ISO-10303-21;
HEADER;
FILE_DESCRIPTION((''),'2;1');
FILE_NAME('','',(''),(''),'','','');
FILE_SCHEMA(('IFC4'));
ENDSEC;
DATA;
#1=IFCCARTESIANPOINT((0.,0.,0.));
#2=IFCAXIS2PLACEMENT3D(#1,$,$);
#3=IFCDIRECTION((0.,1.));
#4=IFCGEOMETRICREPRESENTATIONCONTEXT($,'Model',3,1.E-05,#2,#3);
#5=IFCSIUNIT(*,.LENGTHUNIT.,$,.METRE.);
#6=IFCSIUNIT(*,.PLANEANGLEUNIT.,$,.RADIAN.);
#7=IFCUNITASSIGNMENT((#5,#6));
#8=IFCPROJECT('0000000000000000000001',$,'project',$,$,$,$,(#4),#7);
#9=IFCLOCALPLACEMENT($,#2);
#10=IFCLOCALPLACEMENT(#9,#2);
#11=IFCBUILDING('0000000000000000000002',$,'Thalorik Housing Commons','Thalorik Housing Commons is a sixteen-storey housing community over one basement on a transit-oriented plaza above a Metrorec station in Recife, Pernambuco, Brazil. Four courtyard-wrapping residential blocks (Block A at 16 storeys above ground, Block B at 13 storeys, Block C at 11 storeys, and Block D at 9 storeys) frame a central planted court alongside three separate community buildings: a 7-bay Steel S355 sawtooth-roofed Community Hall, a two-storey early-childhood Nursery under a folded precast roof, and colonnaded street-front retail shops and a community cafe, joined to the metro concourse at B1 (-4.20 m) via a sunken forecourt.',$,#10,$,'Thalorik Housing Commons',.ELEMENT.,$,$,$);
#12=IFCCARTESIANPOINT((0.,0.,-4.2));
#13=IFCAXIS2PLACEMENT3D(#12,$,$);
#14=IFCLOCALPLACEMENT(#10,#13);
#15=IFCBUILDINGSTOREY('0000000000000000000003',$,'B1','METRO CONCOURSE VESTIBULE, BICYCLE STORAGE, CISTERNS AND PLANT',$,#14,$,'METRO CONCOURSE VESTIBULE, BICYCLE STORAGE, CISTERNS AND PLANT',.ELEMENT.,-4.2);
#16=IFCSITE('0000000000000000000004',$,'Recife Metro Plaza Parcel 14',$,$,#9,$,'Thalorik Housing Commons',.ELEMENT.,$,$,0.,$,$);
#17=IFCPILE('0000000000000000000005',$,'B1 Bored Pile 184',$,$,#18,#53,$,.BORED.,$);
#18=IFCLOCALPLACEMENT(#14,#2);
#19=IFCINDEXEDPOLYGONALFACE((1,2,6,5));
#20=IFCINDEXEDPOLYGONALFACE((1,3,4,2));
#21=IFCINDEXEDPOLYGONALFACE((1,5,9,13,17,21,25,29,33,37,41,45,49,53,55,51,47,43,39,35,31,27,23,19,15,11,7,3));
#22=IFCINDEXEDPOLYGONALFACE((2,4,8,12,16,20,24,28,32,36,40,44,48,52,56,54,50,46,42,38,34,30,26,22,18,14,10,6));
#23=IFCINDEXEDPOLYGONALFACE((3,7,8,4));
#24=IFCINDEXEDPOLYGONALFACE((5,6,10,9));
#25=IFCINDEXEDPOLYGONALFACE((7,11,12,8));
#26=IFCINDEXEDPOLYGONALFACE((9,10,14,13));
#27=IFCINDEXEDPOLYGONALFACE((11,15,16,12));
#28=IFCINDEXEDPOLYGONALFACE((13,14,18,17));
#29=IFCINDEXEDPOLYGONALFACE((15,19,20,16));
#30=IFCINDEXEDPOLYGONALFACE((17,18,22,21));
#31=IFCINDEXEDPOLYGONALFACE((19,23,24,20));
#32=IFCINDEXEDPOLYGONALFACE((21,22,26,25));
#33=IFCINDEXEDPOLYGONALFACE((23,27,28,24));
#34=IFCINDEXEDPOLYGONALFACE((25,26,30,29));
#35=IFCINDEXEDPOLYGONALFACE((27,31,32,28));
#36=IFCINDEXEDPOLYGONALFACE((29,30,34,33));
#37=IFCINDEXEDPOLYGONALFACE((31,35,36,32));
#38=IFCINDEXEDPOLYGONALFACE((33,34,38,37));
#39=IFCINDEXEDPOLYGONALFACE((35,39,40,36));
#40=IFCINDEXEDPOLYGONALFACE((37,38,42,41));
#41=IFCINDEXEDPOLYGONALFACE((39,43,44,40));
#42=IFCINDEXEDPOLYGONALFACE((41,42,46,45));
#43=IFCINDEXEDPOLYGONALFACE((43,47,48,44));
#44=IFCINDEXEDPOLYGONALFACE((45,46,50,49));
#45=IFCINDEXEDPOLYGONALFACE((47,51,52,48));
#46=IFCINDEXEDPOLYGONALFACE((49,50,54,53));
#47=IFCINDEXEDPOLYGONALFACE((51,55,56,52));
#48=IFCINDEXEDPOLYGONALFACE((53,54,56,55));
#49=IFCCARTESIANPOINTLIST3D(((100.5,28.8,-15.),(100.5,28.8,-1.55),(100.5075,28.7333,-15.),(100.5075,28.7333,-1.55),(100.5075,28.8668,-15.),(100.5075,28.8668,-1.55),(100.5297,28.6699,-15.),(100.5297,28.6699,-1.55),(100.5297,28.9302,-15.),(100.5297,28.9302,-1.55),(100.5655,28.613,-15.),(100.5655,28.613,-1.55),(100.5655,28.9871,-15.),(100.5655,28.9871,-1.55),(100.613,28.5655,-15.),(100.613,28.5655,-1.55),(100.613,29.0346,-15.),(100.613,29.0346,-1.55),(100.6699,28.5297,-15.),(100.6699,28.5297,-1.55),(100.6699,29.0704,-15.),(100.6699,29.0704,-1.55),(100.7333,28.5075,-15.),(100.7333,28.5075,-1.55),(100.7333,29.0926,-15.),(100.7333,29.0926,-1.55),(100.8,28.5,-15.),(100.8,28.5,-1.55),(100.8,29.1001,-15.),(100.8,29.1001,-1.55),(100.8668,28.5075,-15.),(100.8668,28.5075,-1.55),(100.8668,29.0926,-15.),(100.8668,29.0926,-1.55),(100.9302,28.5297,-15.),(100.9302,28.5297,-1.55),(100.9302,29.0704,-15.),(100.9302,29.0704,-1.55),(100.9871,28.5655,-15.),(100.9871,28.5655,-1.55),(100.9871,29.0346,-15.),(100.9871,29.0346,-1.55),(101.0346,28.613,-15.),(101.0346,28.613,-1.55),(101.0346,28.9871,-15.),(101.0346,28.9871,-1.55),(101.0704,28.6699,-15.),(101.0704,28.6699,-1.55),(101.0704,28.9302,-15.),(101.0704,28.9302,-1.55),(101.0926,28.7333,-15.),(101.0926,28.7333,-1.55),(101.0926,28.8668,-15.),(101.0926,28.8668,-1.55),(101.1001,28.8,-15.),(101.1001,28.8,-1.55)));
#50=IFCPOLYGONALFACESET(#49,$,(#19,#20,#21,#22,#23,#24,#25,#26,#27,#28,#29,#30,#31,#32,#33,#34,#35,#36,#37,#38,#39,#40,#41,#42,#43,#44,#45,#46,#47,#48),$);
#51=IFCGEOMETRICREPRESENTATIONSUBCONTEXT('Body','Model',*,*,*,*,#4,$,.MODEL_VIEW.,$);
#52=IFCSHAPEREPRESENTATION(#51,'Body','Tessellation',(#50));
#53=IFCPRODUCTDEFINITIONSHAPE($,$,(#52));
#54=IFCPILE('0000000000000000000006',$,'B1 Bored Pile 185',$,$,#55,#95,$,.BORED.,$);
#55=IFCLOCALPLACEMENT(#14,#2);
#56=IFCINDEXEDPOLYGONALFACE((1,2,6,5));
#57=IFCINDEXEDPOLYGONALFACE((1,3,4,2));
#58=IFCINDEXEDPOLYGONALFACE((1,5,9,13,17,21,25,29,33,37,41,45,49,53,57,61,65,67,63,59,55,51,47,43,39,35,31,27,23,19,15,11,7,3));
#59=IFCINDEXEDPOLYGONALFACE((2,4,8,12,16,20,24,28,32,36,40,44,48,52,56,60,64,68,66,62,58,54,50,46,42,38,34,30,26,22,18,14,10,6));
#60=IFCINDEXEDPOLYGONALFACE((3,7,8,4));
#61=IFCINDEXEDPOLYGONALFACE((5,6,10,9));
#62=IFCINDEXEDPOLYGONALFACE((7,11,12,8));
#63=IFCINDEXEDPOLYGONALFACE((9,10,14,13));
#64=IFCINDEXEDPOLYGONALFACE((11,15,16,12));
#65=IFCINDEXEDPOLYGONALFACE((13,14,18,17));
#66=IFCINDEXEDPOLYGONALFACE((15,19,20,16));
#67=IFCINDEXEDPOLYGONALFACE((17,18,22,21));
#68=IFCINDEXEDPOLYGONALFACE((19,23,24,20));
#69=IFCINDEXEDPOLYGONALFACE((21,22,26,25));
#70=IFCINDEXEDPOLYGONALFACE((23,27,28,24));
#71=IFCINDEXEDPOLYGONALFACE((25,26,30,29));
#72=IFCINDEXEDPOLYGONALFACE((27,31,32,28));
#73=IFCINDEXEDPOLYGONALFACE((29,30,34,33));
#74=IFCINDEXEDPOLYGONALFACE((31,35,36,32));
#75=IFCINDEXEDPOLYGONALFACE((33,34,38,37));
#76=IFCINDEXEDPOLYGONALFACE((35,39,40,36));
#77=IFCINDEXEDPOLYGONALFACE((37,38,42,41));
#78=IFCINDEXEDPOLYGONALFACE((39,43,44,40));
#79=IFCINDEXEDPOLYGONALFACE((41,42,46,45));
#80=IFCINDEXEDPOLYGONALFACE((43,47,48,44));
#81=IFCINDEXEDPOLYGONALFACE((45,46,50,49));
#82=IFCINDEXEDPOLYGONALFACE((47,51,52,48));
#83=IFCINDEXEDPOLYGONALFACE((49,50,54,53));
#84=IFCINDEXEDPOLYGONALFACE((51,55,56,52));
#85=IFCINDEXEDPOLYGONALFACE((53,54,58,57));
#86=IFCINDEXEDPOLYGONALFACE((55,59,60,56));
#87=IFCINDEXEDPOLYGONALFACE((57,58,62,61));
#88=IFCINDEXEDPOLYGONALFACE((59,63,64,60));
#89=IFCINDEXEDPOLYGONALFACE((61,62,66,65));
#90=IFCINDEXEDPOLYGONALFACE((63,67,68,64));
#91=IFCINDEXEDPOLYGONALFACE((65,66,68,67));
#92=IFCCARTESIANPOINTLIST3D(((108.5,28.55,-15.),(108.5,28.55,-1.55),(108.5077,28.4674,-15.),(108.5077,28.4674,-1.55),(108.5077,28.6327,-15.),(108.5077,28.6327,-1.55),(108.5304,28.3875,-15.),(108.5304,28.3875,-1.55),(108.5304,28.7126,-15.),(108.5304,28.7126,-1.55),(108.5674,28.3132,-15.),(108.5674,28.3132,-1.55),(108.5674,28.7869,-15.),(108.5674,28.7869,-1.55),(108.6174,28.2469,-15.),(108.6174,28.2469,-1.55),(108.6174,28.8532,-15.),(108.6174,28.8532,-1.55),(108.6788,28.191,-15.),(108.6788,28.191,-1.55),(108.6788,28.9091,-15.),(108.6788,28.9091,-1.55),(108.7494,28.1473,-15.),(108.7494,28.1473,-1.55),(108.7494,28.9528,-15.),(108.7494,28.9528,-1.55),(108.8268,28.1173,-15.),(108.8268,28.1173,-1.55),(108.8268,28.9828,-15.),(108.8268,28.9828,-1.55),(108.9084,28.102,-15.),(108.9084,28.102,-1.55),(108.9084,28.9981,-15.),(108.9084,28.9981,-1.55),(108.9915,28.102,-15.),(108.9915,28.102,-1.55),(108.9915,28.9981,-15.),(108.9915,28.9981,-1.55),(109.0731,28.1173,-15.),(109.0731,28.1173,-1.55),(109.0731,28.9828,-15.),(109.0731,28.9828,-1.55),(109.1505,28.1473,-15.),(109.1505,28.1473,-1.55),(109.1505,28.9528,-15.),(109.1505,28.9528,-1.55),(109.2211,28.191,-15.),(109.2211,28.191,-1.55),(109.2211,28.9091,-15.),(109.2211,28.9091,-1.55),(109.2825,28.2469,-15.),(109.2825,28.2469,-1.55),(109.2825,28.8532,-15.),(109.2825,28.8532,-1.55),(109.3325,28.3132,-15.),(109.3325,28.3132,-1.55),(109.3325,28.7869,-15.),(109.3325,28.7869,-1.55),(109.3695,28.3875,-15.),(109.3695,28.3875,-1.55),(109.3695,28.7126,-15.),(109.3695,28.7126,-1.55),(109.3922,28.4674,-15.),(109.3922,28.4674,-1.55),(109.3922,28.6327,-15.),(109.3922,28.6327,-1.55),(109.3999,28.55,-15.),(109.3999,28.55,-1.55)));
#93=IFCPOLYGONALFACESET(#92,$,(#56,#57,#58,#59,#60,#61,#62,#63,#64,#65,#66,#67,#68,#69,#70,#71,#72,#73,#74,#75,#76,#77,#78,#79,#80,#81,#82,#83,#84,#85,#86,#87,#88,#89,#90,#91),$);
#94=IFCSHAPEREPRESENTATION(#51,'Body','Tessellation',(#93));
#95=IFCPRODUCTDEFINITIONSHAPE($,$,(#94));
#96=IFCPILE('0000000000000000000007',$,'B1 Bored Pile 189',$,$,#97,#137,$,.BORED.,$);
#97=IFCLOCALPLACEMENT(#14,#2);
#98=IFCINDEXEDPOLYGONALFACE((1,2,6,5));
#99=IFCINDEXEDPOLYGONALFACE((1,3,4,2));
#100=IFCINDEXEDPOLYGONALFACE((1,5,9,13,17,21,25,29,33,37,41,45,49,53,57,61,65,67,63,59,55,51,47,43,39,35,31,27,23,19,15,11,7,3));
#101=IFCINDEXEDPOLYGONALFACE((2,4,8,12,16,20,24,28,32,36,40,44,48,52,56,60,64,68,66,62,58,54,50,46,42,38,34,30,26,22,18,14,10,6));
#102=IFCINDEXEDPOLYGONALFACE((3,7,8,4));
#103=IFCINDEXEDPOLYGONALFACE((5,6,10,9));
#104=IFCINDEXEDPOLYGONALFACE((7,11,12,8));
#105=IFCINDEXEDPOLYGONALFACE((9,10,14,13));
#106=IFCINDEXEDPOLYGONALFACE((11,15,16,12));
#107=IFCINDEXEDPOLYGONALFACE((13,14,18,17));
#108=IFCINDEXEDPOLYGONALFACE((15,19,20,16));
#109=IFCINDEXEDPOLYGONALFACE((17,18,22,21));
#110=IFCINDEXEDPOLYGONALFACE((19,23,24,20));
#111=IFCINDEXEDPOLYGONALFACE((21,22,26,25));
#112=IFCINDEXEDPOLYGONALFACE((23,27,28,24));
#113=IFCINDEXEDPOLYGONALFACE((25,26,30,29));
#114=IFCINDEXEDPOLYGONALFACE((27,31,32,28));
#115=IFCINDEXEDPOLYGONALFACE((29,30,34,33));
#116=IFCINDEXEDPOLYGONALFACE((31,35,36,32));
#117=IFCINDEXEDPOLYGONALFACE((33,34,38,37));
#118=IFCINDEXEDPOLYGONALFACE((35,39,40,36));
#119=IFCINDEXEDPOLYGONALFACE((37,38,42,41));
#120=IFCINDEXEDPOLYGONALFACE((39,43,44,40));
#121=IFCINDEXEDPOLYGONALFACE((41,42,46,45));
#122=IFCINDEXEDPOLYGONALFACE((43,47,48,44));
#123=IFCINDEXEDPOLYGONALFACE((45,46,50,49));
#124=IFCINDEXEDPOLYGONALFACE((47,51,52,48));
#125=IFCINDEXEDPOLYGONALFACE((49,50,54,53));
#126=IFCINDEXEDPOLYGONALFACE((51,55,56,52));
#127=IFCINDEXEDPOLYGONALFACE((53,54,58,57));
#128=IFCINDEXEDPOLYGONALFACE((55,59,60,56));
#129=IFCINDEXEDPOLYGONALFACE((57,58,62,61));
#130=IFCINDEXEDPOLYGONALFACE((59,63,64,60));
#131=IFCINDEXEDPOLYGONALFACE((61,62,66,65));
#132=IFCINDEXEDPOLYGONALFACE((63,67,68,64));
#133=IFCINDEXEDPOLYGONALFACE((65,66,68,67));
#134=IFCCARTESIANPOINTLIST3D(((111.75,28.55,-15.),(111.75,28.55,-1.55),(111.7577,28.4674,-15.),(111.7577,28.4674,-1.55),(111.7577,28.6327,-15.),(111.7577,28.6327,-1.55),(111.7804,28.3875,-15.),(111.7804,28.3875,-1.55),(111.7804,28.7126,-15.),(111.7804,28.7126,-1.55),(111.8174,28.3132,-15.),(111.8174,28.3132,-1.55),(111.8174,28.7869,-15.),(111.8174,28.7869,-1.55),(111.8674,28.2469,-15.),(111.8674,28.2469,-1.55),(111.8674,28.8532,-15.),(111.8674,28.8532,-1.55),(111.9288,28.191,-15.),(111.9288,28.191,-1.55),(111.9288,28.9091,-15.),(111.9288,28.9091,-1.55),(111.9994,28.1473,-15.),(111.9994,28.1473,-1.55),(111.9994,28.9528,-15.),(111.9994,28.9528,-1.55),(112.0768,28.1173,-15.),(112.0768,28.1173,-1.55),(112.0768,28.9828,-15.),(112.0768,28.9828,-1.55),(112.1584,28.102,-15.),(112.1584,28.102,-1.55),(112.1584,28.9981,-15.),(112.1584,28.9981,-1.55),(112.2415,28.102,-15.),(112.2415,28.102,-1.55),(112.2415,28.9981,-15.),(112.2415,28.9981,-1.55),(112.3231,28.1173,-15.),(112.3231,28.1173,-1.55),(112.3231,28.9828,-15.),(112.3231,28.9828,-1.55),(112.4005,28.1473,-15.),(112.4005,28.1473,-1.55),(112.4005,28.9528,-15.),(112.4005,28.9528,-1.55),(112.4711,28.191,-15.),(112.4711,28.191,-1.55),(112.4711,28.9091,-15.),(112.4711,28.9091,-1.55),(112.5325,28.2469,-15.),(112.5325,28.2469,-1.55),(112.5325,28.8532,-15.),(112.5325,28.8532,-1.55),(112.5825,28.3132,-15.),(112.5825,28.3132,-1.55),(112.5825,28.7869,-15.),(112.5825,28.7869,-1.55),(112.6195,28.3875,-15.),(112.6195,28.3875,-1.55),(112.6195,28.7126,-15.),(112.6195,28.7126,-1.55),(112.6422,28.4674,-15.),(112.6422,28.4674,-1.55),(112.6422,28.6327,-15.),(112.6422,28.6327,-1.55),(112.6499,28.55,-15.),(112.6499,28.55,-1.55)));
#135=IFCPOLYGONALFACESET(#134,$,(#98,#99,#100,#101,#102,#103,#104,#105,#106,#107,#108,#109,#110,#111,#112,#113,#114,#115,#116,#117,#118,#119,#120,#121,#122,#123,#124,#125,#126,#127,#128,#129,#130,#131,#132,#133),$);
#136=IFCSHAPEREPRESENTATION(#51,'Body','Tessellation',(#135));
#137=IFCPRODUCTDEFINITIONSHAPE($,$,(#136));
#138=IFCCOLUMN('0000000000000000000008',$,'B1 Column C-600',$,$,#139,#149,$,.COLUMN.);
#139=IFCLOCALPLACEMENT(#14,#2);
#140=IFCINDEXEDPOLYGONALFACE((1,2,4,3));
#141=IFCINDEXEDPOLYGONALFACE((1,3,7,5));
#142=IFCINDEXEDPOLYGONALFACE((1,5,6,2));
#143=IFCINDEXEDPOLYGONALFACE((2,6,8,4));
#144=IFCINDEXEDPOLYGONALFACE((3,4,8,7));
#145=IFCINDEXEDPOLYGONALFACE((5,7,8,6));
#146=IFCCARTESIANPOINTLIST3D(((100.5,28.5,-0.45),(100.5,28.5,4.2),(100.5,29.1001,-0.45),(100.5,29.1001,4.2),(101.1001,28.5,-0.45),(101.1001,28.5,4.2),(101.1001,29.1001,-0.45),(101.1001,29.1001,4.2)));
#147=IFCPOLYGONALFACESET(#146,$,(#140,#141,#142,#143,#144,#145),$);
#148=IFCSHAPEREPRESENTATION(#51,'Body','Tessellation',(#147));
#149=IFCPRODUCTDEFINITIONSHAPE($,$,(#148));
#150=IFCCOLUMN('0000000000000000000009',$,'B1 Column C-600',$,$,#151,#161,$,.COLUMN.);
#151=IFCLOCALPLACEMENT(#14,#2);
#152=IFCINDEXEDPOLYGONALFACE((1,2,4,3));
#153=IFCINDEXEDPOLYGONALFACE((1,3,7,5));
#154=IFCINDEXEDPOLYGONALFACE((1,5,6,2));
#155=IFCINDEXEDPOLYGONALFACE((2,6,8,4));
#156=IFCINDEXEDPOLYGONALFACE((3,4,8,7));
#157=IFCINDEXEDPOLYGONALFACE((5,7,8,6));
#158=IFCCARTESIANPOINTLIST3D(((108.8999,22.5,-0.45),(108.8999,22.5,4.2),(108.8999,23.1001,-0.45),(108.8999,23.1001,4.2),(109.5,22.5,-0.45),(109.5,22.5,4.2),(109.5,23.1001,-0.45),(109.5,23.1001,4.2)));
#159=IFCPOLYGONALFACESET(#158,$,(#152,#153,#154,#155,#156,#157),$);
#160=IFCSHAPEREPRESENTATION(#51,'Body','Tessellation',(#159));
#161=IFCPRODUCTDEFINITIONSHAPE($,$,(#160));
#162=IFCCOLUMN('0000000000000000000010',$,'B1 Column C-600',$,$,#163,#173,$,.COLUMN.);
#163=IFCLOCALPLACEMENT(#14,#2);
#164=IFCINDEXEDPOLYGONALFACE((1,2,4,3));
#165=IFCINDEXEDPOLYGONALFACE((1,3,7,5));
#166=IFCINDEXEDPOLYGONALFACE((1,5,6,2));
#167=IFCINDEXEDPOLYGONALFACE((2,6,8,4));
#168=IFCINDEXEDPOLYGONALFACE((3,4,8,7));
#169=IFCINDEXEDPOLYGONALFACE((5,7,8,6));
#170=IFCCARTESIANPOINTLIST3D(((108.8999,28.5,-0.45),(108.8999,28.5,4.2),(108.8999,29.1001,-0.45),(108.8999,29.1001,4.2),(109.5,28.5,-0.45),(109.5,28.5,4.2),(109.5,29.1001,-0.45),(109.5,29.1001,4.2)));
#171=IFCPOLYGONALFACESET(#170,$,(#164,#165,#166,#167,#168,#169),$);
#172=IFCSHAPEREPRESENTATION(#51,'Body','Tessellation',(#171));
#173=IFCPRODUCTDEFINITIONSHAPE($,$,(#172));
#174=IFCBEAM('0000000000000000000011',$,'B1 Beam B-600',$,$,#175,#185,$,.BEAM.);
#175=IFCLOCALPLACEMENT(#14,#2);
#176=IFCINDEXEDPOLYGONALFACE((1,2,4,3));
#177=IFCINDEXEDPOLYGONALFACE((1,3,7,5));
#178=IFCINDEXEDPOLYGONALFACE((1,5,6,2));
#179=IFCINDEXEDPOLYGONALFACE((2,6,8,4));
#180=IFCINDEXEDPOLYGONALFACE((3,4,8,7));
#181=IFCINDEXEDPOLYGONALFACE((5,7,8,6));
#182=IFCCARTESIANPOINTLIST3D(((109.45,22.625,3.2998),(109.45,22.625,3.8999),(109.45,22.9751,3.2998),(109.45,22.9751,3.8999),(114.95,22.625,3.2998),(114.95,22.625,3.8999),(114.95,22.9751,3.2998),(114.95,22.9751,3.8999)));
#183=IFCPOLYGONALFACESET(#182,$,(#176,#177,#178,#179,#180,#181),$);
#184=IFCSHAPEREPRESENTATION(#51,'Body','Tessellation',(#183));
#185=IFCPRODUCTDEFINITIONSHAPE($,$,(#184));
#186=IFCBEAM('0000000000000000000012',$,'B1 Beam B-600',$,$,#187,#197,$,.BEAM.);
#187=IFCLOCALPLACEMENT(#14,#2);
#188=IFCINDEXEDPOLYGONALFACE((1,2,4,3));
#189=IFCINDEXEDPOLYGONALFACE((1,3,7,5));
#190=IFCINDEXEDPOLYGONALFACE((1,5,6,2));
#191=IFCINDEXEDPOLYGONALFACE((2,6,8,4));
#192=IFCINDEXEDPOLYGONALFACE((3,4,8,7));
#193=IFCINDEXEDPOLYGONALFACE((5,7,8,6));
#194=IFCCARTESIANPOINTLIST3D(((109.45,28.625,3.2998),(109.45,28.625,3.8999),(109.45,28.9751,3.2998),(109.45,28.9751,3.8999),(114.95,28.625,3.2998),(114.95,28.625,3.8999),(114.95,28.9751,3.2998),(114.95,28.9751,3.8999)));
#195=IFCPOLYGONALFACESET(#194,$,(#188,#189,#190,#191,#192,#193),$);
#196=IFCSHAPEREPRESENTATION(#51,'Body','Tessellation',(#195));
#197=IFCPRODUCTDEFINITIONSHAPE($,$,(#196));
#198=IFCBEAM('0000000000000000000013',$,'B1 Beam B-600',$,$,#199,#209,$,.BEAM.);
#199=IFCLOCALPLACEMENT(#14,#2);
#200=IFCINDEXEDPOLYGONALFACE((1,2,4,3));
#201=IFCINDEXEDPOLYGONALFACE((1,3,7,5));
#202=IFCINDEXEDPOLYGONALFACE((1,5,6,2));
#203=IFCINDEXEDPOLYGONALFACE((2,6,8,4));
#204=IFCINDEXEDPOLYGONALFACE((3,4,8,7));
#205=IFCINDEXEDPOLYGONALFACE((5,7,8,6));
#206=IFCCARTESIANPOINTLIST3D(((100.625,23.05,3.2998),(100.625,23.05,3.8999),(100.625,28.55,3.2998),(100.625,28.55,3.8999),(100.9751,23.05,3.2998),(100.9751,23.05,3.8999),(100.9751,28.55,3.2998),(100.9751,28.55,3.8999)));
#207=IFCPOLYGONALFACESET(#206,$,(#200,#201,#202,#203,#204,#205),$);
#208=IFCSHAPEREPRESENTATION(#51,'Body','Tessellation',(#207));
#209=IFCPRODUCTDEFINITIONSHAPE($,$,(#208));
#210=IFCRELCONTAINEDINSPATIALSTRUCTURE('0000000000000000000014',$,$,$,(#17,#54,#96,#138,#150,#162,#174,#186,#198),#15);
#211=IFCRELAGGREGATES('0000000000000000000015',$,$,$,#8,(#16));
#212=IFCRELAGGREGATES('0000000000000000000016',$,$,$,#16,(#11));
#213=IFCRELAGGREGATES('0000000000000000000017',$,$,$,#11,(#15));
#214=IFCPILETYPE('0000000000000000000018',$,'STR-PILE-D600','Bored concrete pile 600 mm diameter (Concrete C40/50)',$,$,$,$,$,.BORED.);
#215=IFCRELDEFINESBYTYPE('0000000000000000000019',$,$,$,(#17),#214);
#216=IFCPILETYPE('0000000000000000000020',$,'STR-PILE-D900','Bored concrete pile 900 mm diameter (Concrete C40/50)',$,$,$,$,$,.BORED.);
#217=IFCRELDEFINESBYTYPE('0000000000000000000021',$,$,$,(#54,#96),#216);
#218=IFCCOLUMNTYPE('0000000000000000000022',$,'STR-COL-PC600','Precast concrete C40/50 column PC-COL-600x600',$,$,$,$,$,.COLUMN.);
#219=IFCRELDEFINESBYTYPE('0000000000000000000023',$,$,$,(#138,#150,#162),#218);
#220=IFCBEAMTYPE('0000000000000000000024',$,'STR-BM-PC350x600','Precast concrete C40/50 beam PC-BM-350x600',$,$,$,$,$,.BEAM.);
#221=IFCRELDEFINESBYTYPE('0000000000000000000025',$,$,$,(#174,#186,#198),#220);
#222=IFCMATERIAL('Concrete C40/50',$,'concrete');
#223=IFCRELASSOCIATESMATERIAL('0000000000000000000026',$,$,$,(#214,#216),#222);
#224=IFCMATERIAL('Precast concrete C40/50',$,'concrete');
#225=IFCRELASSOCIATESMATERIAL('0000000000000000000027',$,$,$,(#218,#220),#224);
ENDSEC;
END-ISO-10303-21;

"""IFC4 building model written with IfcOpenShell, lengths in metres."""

from ifc_helpers import new_model, si_unit, direction, frame, origin, origin_2d, place, context, subcontext, project, spatial, rectangle, circle, extrude, material, material_profile, profile_set, type_object, element, save


model = new_model("IFC4")

# Units and contexts
model_context = context("Model", 3, precision=1e-05, world=origin(), true_north=direction((0.0, 1.0)))
body_context = subcontext(model_context, "Body", "Model", "MODEL_VIEW")
ifc_project = project(units=[si_unit("LENGTHUNIT", "METRE"), si_unit("PLANEANGLEUNIT", "RADIAN")], contexts=[model_context])

# Site, building, storey
site_placement = place(None, origin())
site = spatial("IfcSite", under=ifc_project, at=site_placement, Name="Recife Metro Plaza Parcel 14", LongName="Thalorik Housing Commons", CompositionType="ELEMENT", RefElevation=0.0)
building_placement = place(site_placement, origin())
building = spatial("IfcBuilding", under=site, at=building_placement, Name="Thalorik Housing Commons", Description="Thalorik Housing Commons is a sixteen-storey housing community over one basement on a transit-oriented plaza above a Metrorec station in Recife, Pernambuco, Brazil. Four courtyard-wrapping residential blocks (Block A at 16 storeys above ground, Block B at 13 storeys, Block C at 11 storeys, and Block D at 9 storeys) frame a central planted court alongside three separate community buildings: a 7-bay Steel S355 sawtooth-roofed Community Hall, a two-storey early-childhood Nursery under a folded precast roof, and colonnaded street-front retail shops and a community cafe, joined to the metro concourse at B1 (-4.20 m) via a sunken forecourt.", LongName="Thalorik Housing Commons", CompositionType="ELEMENT")
storey_placement = place(building_placement, frame((0.0, 0.0, -4.2)))
storey = spatial("IfcBuildingStorey", under=building, at=storey_placement, Name="B1", Description="METRO CONCOURSE VESTIBULE, BICYCLE STORAGE, CISTERNS AND PLANT", LongName="METRO CONCOURSE VESTIBULE, BICYCLE STORAGE, CISTERNS AND PLANT", CompositionType="ELEMENT", Elevation=-4.2)

# Shared definitions
ifc_material_1 = material(Name="Concrete C40/50", Category="concrete")

# Piles
ifc_material_profile_1 = material_profile(ifc_material_1, circle(Radius=0.3, at=origin_2d()), Name="BORED PILE D600", Category="concrete")
ifc_profile_set_1 = profile_set([ifc_material_profile_1], Name="Concrete C40/50")
pile_type_1 = type_object("IfcPileType", Name="STR-PILE-D600", Description="Bored concrete pile 600 mm diameter (Concrete C40/50)", PredefinedType="BORED", material=ifc_profile_set_1)
for number, where, z_axis, x_axis, name in (
    (1, (100.8, 28.8, -1.55), (0.0, 0.0, -1.0), (1.0, 0.0, 0.0), "B1 Bored Pile 184"),
):
    element("IfcPile", number, at=place(storey_placement, frame(where, z_axis=z_axis, x_axis=x_axis)), inside=storey, type_object=pile_type_1, Name=name, PredefinedType="BORED", context=body_context, shape_type="SweptSolid", body=[
        extrude(circle(Radius=0.3, at=origin_2d()), origin(), (0.0, 0.0, 1.0), 13.45),
    ])
ifc_material_profile_2 = material_profile(ifc_material_1, circle(Radius=0.45, at=origin_2d()), Name="BORED PILE D900", Category="concrete")
ifc_profile_set_2 = profile_set([ifc_material_profile_2], Name="Concrete C40/50")
pile_type_2 = type_object("IfcPileType", Name="STR-PILE-D900", Description="Bored concrete pile 900 mm diameter (Concrete C40/50)", PredefinedType="BORED", material=ifc_profile_set_2)
for number, where, z_axis, x_axis, name in (
    (2, (108.95, 28.55, -1.55), (0.0, 0.0, -1.0), (1.0, 0.0, 0.0), "B1 Bored Pile 185"),
    (3, (112.2, 28.55, -1.55), (0.0, 0.0, -1.0), (1.0, 0.0, 0.0), "B1 Bored Pile 189"),
):
    element("IfcPile", number, at=place(storey_placement, frame(where, z_axis=z_axis, x_axis=x_axis)), inside=storey, type_object=pile_type_2, Name=name, PredefinedType="BORED", context=body_context, shape_type="SweptSolid", body=[
        extrude(circle(Radius=0.45, at=origin_2d()), origin(), (0.0, 0.0, 1.0), 13.45),
    ])

# Columns
ifc_material_2 = material(Name="Precast concrete C40/50", Category="concrete")
ifc_material_profile_3 = material_profile(ifc_material_2, rectangle(XDim=0.6001, YDim=0.6001, at=origin_2d()), Name="PC 600x600", Category="concrete")
ifc_profile_set_3 = profile_set([ifc_material_profile_3], Name="Precast concrete C40/50")
column_type = type_object("IfcColumnType", Name="STR-COL-PC600", Description="Precast concrete C40/50 column PC-COL-600x600", PredefinedType="COLUMN", material=ifc_profile_set_3)
for number, where, z_axis, x_axis, name in (
    (4, (100.8, 28.8, -0.45), (0.0, 0.0, 1.0), (1.0, 0.0, 0.0), "B1 Column C-600"),
    (5, (109.2, 22.8, -0.45), (0.0, 0.0, 1.0), (1.0, 0.0, 0.0), "B1 Column C-600"),
    (6, (109.2, 28.8, -0.45), (0.0, 0.0, 1.0), (1.0, 0.0, 0.0), "B1 Column C-600"),
):
    element("IfcColumn", number, at=place(storey_placement, frame(where, z_axis=z_axis, x_axis=x_axis)), inside=storey, type_object=column_type, Name=name, PredefinedType="COLUMN", context=body_context, shape_type="SweptSolid", body=[
        extrude(rectangle(XDim=0.6001, YDim=0.6001, at=origin_2d()), origin(), (0.0, 0.0, 1.0), 4.6499),
    ])

# Beams
ifc_material_profile_4 = material_profile(ifc_material_2, rectangle(XDim=0.3501, YDim=0.6001, at=origin_2d()), Name="PC 350x600", Category="concrete")
ifc_profile_set_4 = profile_set([ifc_material_profile_4], Name="Precast concrete C40/50")
beam_type_1 = type_object("IfcBeamType", Name="STR-BM-PC350x600", Description="Precast concrete C40/50 beam PC-BM-350x600", PredefinedType="BEAM", material=ifc_profile_set_4)
for number, where, z_axis, x_axis, name in (
    (7, (109.45, 22.8, 3.5999), (1.0, 0.0, 0.0), (0.0, 1.0, 0.0), "B1 Beam B-600"),
    (8, (109.45, 28.8, 3.5999), (1.0, 0.0, 0.0), (0.0, 1.0, 0.0), "B1 Beam B-600"),
    (9, (100.8, 23.05, 3.5999), (0.0, 1.0, 0.0), (-1.0, 0.0, 0.0), "B1 Beam B-600"),
):
    element("IfcBeam", number, at=place(storey_placement, frame(where, z_axis=z_axis, x_axis=x_axis)), inside=storey, type_object=beam_type_1, Name=name, PredefinedType="BEAM", context=body_context, shape_type="SweptSolid", body=[
        extrude(rectangle(XDim=0.3501, YDim=0.6001, at=origin_2d()), origin(), (0.0, 0.0, 1.0), 5.5),
    ])

save(model, "model.ifc")
